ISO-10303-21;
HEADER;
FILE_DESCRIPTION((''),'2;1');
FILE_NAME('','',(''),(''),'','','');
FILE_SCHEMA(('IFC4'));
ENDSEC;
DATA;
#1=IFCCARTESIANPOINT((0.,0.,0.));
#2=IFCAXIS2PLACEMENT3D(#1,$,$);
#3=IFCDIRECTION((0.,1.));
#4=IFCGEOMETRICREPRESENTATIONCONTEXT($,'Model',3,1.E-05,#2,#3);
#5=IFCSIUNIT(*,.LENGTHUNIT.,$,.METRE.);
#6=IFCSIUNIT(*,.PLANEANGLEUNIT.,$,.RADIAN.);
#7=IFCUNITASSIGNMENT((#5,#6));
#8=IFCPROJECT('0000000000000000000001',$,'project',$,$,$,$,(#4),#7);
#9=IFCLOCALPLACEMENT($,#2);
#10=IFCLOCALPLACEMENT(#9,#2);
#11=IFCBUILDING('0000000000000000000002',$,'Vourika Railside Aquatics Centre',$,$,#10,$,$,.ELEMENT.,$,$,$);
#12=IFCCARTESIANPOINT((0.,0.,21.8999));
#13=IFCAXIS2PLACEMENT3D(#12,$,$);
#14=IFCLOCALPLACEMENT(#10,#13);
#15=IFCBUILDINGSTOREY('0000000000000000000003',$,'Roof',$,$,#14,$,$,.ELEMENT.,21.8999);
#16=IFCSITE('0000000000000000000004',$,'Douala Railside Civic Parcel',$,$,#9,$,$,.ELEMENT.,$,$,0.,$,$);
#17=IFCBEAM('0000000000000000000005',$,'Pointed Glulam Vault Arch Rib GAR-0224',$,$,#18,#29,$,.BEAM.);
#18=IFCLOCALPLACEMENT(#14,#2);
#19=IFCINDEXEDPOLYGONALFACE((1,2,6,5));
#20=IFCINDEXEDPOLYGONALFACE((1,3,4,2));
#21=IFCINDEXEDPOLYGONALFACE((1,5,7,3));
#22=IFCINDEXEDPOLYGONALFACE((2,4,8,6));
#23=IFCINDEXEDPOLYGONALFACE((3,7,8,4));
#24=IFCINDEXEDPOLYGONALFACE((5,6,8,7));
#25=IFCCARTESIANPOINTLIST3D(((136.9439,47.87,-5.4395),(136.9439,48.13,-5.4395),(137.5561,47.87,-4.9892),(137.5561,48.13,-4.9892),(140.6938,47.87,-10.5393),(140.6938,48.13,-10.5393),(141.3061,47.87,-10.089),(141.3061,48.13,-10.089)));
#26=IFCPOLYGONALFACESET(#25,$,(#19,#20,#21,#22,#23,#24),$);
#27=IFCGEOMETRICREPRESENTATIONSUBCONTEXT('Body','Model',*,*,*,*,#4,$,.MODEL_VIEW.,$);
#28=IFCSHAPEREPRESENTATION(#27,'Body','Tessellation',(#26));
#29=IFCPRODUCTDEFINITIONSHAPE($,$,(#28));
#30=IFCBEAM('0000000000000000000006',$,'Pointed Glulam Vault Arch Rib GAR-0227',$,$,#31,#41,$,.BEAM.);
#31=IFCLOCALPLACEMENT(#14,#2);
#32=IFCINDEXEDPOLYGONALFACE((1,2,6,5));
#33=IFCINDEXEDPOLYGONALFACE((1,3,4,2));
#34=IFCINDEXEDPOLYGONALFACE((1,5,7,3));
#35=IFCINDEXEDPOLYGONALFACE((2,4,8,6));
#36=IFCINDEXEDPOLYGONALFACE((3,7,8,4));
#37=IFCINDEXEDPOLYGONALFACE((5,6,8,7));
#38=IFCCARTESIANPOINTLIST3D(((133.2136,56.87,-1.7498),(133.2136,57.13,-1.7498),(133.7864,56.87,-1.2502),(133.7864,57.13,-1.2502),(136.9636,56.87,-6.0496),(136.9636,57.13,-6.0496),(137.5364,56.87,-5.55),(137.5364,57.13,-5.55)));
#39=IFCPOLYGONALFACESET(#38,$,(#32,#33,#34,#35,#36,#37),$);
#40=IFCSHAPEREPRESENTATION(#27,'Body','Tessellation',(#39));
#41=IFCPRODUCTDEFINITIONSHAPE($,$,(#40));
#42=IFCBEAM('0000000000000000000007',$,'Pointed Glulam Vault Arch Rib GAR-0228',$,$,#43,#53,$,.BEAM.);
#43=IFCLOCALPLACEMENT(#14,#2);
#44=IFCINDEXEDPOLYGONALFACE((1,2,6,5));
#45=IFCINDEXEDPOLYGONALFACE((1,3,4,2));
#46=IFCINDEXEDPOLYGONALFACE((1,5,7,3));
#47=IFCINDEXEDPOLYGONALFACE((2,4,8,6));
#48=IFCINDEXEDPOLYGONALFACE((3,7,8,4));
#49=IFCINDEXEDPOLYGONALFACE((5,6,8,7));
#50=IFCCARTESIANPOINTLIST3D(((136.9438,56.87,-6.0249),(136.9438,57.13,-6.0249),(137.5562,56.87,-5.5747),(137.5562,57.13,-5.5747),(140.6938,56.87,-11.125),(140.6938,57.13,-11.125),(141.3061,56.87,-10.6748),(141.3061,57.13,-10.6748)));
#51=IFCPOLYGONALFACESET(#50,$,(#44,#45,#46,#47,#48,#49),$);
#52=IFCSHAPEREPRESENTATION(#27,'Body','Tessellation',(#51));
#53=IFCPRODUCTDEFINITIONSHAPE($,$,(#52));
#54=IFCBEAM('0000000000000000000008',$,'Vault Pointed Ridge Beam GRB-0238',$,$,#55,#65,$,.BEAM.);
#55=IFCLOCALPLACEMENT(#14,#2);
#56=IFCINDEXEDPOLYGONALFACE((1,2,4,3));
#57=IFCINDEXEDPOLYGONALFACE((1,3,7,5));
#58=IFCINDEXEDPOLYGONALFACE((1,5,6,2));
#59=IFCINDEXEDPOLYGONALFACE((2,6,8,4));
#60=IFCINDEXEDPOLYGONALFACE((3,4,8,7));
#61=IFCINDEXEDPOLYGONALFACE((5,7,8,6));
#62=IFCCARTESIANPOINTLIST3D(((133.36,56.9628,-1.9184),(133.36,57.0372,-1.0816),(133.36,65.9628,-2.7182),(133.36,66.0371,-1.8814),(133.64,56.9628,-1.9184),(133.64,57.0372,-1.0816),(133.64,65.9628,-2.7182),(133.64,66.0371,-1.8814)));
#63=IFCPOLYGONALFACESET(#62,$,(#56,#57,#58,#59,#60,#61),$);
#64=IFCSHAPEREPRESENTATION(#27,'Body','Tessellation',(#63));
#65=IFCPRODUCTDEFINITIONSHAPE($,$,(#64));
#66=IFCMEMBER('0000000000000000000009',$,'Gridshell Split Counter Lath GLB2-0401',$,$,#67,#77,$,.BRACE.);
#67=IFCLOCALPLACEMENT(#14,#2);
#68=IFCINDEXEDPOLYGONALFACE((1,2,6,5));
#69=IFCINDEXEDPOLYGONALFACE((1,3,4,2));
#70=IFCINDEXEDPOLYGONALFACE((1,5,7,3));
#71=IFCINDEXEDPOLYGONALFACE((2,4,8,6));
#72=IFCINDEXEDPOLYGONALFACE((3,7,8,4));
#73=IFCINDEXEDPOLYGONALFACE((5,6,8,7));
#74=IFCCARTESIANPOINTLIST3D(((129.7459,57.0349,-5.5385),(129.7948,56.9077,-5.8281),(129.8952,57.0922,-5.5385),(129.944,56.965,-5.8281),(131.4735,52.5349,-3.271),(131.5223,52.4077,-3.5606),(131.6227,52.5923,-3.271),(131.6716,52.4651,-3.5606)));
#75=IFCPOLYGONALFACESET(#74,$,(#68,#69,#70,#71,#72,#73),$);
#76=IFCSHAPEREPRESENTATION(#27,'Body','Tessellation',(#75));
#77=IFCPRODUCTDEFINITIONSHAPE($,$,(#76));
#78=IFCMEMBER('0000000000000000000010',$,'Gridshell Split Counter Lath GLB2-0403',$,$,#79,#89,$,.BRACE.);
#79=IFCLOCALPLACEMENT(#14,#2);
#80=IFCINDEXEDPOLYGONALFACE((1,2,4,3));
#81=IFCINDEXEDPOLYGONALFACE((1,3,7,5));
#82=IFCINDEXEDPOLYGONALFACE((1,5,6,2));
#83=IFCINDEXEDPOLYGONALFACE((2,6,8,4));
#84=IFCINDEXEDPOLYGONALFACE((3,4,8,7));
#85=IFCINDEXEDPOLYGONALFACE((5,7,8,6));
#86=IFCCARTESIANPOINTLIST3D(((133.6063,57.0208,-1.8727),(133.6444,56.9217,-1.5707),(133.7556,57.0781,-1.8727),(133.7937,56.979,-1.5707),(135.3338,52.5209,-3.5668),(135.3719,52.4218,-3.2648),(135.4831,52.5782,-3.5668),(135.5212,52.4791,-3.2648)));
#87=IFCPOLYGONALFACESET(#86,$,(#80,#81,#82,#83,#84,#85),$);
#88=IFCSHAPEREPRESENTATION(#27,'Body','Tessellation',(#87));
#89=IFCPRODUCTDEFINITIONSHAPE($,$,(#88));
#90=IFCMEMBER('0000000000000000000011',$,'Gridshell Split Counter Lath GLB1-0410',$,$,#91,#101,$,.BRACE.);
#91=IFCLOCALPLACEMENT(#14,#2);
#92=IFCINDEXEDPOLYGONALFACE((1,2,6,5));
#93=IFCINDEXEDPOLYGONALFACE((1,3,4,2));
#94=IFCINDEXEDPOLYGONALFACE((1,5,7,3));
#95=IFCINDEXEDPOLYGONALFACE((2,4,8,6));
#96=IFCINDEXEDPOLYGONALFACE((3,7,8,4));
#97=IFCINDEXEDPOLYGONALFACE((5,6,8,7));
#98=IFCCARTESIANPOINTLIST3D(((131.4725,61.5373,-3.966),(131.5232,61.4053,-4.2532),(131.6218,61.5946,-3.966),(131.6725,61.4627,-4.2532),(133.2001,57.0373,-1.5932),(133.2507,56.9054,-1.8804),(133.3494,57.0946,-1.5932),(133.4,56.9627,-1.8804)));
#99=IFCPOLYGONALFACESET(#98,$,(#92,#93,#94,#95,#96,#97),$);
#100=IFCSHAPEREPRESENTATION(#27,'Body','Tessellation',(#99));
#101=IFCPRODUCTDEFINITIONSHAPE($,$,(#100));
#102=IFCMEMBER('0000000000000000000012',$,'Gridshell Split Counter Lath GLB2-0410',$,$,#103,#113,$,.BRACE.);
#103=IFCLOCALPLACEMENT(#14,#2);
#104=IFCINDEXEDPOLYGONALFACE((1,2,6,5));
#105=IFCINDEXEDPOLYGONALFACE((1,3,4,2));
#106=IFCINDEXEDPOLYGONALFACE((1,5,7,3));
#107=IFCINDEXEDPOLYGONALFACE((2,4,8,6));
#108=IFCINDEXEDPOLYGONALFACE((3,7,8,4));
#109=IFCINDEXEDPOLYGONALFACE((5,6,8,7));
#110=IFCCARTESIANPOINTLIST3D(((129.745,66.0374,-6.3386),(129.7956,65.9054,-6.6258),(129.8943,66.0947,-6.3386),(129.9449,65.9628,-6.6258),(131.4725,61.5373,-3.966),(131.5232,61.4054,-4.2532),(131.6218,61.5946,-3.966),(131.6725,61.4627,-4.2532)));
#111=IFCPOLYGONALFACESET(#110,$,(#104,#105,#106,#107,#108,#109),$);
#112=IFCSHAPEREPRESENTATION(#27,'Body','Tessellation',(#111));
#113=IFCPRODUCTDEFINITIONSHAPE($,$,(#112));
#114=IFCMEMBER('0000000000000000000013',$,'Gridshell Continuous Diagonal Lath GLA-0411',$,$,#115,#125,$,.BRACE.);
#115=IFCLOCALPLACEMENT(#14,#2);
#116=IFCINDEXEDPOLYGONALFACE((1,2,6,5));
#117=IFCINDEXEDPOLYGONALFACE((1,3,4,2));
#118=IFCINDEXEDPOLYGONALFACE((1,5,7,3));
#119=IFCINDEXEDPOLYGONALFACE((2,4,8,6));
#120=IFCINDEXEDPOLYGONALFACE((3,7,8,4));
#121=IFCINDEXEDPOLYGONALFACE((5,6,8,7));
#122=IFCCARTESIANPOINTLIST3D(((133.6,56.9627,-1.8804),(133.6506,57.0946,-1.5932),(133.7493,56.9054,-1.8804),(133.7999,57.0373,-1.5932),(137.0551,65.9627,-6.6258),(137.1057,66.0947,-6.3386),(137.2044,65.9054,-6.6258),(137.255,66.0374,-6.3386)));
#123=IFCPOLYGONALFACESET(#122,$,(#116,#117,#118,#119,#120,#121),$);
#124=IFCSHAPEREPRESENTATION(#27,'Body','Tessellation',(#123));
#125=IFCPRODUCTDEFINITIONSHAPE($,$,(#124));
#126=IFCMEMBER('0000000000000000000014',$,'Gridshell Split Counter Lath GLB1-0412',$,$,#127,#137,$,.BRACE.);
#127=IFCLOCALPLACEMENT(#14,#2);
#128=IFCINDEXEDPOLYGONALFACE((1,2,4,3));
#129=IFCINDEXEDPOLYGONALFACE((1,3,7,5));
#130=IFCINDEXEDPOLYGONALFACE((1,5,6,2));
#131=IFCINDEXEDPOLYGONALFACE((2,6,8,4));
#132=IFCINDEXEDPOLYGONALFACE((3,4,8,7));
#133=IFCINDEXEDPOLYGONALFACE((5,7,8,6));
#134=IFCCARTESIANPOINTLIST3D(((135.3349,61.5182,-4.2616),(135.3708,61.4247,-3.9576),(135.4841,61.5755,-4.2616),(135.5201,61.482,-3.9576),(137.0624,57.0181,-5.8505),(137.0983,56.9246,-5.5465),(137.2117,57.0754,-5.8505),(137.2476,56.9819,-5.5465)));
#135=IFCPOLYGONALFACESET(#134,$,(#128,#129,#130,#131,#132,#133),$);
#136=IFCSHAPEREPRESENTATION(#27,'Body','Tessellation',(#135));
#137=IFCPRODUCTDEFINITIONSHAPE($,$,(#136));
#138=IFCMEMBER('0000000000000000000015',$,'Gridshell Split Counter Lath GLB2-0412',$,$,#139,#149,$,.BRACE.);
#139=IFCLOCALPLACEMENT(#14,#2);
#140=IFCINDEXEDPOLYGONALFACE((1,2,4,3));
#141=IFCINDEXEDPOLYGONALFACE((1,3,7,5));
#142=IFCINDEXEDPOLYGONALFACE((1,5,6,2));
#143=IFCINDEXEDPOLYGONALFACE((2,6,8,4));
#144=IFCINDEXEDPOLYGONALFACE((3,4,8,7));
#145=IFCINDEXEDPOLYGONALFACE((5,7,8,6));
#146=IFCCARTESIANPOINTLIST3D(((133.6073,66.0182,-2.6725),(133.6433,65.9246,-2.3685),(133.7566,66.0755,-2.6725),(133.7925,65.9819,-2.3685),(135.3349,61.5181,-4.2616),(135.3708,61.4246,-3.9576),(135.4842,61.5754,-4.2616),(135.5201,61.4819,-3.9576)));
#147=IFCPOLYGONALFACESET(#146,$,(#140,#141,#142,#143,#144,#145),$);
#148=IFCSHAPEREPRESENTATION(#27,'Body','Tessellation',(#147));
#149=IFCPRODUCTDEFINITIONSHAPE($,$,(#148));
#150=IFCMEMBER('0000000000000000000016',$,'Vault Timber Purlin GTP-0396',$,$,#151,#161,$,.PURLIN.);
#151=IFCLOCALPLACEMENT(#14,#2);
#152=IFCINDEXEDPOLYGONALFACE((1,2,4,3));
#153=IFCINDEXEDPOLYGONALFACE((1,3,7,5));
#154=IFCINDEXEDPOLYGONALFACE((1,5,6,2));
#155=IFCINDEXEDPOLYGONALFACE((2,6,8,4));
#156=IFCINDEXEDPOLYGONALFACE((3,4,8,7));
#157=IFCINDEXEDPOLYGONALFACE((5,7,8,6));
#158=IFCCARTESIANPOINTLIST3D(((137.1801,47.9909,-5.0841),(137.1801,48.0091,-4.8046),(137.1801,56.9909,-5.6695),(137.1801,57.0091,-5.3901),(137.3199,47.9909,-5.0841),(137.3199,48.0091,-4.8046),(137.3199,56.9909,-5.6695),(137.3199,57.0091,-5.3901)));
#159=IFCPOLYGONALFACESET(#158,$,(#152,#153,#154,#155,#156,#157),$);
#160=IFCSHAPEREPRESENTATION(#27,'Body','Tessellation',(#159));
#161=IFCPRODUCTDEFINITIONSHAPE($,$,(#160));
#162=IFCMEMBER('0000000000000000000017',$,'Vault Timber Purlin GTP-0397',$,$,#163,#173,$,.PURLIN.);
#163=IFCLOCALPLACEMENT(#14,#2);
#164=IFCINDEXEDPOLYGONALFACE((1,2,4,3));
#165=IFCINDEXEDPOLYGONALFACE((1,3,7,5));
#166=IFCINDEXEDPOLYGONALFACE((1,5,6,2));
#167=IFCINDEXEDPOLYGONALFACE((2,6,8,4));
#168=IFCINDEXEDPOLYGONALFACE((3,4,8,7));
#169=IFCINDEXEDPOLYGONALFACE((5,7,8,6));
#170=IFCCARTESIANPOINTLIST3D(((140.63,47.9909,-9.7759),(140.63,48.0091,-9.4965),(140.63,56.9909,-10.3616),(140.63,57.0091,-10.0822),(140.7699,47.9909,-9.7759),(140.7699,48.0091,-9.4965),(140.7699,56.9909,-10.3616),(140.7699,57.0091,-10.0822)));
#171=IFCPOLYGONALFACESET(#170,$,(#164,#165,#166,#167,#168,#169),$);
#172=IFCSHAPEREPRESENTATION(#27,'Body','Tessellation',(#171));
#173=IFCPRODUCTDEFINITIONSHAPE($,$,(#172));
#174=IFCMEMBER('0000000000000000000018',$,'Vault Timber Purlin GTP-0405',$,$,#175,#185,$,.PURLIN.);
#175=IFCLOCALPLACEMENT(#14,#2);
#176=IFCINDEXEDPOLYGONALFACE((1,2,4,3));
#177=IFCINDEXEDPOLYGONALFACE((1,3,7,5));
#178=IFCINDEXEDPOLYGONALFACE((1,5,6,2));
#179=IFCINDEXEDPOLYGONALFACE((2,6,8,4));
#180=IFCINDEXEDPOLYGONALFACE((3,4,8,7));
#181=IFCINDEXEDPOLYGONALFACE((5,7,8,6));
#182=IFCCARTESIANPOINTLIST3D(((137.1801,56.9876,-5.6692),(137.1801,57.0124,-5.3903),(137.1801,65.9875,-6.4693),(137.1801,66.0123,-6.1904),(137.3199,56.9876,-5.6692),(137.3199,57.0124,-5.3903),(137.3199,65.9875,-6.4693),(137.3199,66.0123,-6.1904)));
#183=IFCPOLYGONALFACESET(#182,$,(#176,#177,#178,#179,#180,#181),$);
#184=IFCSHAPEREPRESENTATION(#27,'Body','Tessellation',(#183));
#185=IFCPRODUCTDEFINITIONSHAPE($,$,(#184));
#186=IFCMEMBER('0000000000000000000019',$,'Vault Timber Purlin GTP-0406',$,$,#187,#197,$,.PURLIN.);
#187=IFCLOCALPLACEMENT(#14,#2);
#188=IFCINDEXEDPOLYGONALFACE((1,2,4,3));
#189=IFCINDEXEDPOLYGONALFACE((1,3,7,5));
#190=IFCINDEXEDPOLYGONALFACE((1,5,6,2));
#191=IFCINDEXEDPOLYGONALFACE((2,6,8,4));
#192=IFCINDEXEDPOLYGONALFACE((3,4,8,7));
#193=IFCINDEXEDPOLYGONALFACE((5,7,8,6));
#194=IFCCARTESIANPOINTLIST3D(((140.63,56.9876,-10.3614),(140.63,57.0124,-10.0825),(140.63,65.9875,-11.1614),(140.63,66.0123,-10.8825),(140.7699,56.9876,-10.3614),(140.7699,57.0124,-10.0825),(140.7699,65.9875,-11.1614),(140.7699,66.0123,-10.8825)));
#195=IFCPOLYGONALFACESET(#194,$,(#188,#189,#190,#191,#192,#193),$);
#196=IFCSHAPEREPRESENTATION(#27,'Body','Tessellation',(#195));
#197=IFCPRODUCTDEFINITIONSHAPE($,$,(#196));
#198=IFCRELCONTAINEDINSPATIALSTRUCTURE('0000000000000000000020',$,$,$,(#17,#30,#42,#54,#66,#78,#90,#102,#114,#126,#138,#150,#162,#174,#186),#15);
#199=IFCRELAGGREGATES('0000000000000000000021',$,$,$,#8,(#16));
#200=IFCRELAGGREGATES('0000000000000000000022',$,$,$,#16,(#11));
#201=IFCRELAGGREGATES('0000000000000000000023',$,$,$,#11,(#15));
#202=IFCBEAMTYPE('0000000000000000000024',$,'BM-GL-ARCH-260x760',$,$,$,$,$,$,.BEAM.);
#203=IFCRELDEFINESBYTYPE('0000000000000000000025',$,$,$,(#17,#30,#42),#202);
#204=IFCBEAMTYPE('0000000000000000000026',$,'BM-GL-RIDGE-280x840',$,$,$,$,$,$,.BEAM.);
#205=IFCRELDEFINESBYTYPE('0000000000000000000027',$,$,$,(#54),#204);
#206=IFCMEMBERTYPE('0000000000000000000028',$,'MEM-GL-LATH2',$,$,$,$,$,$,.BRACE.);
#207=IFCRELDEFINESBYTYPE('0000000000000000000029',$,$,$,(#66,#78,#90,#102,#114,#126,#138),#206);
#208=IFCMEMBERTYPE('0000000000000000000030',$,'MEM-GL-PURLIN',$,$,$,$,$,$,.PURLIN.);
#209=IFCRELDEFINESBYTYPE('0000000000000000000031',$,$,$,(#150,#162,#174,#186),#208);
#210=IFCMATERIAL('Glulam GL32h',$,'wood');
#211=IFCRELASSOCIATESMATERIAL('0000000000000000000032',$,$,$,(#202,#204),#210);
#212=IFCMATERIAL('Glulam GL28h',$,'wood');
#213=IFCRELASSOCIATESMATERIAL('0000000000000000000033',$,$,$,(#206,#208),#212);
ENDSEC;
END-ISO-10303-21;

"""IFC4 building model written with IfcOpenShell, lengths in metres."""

from ifc_helpers import new_model, si_unit, direction, frame, origin, origin_2d, place, context, subcontext, project, spatial, rectangle, extrude, material, material_profile, profile_set, type_object, element, save


model = new_model("IFC4")

# Units and contexts
model_context = context("Model", 3, precision=1e-05, world=origin(), true_north=direction((0.0, 1.0)))
body_context = subcontext(model_context, "Body", "Model", "MODEL_VIEW")
ifc_project = project(units=[si_unit("LENGTHUNIT", "METRE"), si_unit("PLANEANGLEUNIT", "RADIAN")], contexts=[model_context])

# Site, building, storey
site_placement = place(None, origin())
site = spatial("IfcSite", under=ifc_project, at=site_placement, Name="Douala Railside Civic Parcel", CompositionType="ELEMENT", RefElevation=0.0)
building_placement = place(site_placement, origin())
building = spatial("IfcBuilding", under=site, at=building_placement, Name="Vourika Railside Aquatics Centre", CompositionType="ELEMENT")
storey_placement = place(building_placement, frame((0.0, 0.0, 21.8999)))
storey = spatial("IfcBuildingStorey", under=building, at=storey_placement, Name="Roof", CompositionType="ELEMENT", Elevation=21.8999)

# Beams
ifc_material_1 = material(Name="Glulam GL32h", Category="wood")
ifc_material_profile_1 = material_profile(ifc_material_1, rectangle(XDim=0.26, YDim=0.76, at=origin_2d()), Name="GL32h 260x760")
ifc_profile_set_1 = profile_set([ifc_material_profile_1], Name="Glulam GL32h")
beam_type_1 = type_object("IfcBeamType", Name="BM-GL-ARCH-260x760", PredefinedType="BEAM", material=ifc_profile_set_1)
beam_1_placement = place(storey_placement, frame((137.25, 48.0, -5.2144), z_axis=(0.592401, 0.0, -0.805643), x_axis=(0.0, 1.0, 0.0)))
element("IfcBeam", 1, at=beam_1_placement, inside=storey, type_object=beam_type_1, Name="Pointed Glulam Vault Arch Rib GAR-0224", PredefinedType="BEAM", context=body_context, shape_type="SweptSolid", body=[
    extrude(rectangle(XDim=0.26, YDim=0.76, at=origin_2d()), origin(), (0.0, 0.0, 1.0), 6.3301),
])
beam_2_placement = place(storey_placement, frame((133.5, 57.0, -1.5), z_axis=(0.65728, 0.0, -0.753647), x_axis=(0.0, 1.0, 0.0)))
element("IfcBeam", 2, at=beam_2_placement, inside=storey, type_object=beam_type_1, Name="Pointed Glulam Vault Arch Rib GAR-0227", PredefinedType="BEAM", context=body_context, shape_type="SweptSolid", body=[
    extrude(rectangle(XDim=0.26, YDim=0.76, at=origin_2d()), origin(), (0.0, 0.0, 1.0), 5.7053),
])
beam_3_placement = place(storey_placement, frame((137.25, 57.0, -5.7998), z_axis=(0.592383, 0.0, -0.805656), x_axis=(0.0, 1.0, 0.0)))
element("IfcBeam", 3, at=beam_3_placement, inside=storey, type_object=beam_type_1, Name="Pointed Glulam Vault Arch Rib GAR-0228", PredefinedType="BEAM", context=body_context, shape_type="SweptSolid", body=[
    extrude(rectangle(XDim=0.26, YDim=0.76, at=origin_2d()), origin(), (0.0, 0.0, 1.0), 6.3303),
])
ifc_material_profile_2 = material_profile(ifc_material_1, rectangle(XDim=0.28, YDim=0.8401, at=origin_2d()), Name="GL32h 280x840")
ifc_profile_set_2 = profile_set([ifc_material_profile_2], Name="Glulam GL32h")
beam_type_2 = type_object("IfcBeamType", Name="BM-GL-RIDGE-280x840", PredefinedType="BEAM", material=ifc_profile_set_2)
beam_4_placement = place(storey_placement, frame((133.5, 57.0, -1.5), z_axis=(0.0, 0.996075, -0.088518), x_axis=(-1.0, 0.0, 0.0)))
element("IfcBeam", 4, at=beam_4_placement, inside=storey, type_object=beam_type_2, Name="Vault Pointed Ridge Beam GRB-0238", PredefinedType="BEAM", context=body_context, shape_type="SweptSolid", body=[
    extrude(rectangle(XDim=0.28, YDim=0.8401, at=origin_2d()), origin(), (0.0, 0.0, 1.0), 9.0354),
])

# Members
ifc_material_2 = material(Name="Glulam GL28h", Category="wood")
ifc_material_profile_3 = material_profile(ifc_material_2, rectangle(XDim=0.1599, YDim=0.3201, at=origin_2d()), Name="GL28h 160x320")
ifc_profile_set_3 = profile_set([ifc_material_profile_3], Name="Glulam GL28h")
member_type_1 = type_object("IfcMemberType", Name="MEM-GL-LATH2", PredefinedType="BRACE", material=ifc_profile_set_3)
member_1_placement = place(storey_placement, frame((131.5725, 52.5, -3.4158), z_axis=(-0.324302, 0.844762, -0.425681), x_axis=(-0.93357, -0.358395, 0.0)))
element("IfcMember", 5, at=member_1_placement, inside=storey, type_object=member_type_1, Name="Gridshell Split Counter Lath GLB2-0401", PredefinedType="BRACE", context=body_context, shape_type="SweptSolid", body=[
    extrude(rectangle(XDim=0.1599, YDim=0.3201, at=origin_2d()), origin(), (0.0, 0.0, 1.0), 5.3269),
])
member_2_placement = place(storey_placement, frame((135.4275, 52.5, -3.4158), z_axis=(-0.338121, 0.880757, 0.331574), x_axis=(-0.93357, -0.358395, 0.0)))
element("IfcMember", 6, at=member_2_placement, inside=storey, type_object=member_type_1, Name="Gridshell Split Counter Lath GLB2-0403", PredefinedType="BRACE", context=body_context, shape_type="SweptSolid", body=[
    extrude(rectangle(XDim=0.1599, YDim=0.3201, at=origin_2d()), origin(), (0.0, 0.0, 1.0), 5.1091),
])
for number, where, z_axis, x_axis, name in (
    (7, (133.3, 57.0, -1.7368), (-0.321548, 0.837587, -0.441651), (-0.93357, -0.358395, 0.0), "Gridshell Split Counter Lath GLB1-0410"),
    (8, (131.5725, 61.5, -4.1096), (-0.321554, 0.837604, -0.441614), (-0.93357, -0.358395, 0.0), "Gridshell Split Counter Lath GLB2-0410"),
):
    element("IfcMember", number, at=place(storey_placement, frame(where, z_axis=z_axis, x_axis=x_axis)), inside=storey, type_object=member_type_1, Name=name, PredefinedType="BRACE", context=body_context, shape_type="SweptSolid", body=[
        extrude(rectangle(XDim=0.1599, YDim=0.3201, at=origin_2d()), origin(), (0.0, 0.0, 1.0), 5.3726),
    ])
member_3_placement = place(storey_placement, frame((133.7, 57.0, -1.7368), z_axis=(0.321551, 0.837595, -0.441632), x_axis=(-0.93357, 0.358395, 0.0)))
element("IfcMember", 9, at=member_3_placement, inside=storey, type_object=member_type_1, Name="Gridshell Continuous Diagonal Lath GLA-0411", PredefinedType="BRACE", context=body_context, shape_type="SweptSolid", body=[
    extrude(rectangle(XDim=0.1599, YDim=0.3201, at=origin_2d()), origin(), (0.0, 0.0, 1.0), 10.7451),
])
for number, where, z_axis, x_axis, name in (
    (10, (137.155, 57.0, -5.6985), (-0.34038, 0.886643, 0.313057), (-0.93357, -0.358395, 0.0), "Gridshell Split Counter Lath GLB1-0412"),
    (11, (135.4275, 61.5, -4.1096), (-0.340375, 0.88663, 0.313101), (-0.93357, -0.358395, 0.0), "Gridshell Split Counter Lath GLB2-0412"),
):
    element("IfcMember", number, at=place(storey_placement, frame(where, z_axis=z_axis, x_axis=x_axis)), inside=storey, type_object=member_type_1, Name=name, PredefinedType="BRACE", context=body_context, shape_type="SweptSolid", body=[
        extrude(rectangle(XDim=0.1599, YDim=0.3201, at=origin_2d()), origin(), (0.0, 0.0, 1.0), 5.0754),
    ])
ifc_material_profile_4 = material_profile(ifc_material_2, rectangle(XDim=0.1399, YDim=0.28, at=origin_2d()), Name="GL28h 140x280")
ifc_profile_set_4 = profile_set([ifc_material_profile_4], Name="Glulam GL28h")
member_type_2 = type_object("IfcMemberType", Name="MEM-GL-PURLIN", PredefinedType="PURLIN", material=ifc_profile_set_4)
for number, where, z_axis, x_axis, name in (
    (12, (137.25, 48.0, -4.9443), (0.0, 0.997891, -0.064913), (-1.0, 0.0, 0.0), "Vault Timber Purlin GTP-0396"),
    (13, (140.7, 48.0, -9.6362), (0.0, 0.997889, -0.06494), (-1.0, 0.0, 0.0), "Vault Timber Purlin GTP-0397"),
):
    element("IfcMember", number, at=place(storey_placement, frame(where, z_axis=z_axis, x_axis=x_axis)), inside=storey, type_object=member_type_2, Name=name, PredefinedType="PURLIN", context=body_context, shape_type="SweptSolid", body=[
        extrude(rectangle(XDim=0.1399, YDim=0.28, at=origin_2d()), origin(), (0.0, 0.0, 1.0), 9.019),
    ])
for number, where, z_axis, x_axis, name in (
    (14, (137.25, 57.0, -5.5298), (0.0, 0.996072, -0.088545), (-1.0, 0.0, 0.0), "Vault Timber Purlin GTP-0405"),
    (15, (140.7, 57.0, -10.2219), (0.0, 0.996072, -0.088545), (-1.0, 0.0, 0.0), "Vault Timber Purlin GTP-0406"),
):
    element("IfcMember", number, at=place(storey_placement, frame(where, z_axis=z_axis, x_axis=x_axis)), inside=storey, type_object=member_type_2, Name=name, PredefinedType="PURLIN", context=body_context, shape_type="SweptSolid", body=[
        extrude(rectangle(XDim=0.1399, YDim=0.28, at=origin_2d()), origin(), (0.0, 0.0, 1.0), 9.0354),
    ])

save(model, "model.ifc")
